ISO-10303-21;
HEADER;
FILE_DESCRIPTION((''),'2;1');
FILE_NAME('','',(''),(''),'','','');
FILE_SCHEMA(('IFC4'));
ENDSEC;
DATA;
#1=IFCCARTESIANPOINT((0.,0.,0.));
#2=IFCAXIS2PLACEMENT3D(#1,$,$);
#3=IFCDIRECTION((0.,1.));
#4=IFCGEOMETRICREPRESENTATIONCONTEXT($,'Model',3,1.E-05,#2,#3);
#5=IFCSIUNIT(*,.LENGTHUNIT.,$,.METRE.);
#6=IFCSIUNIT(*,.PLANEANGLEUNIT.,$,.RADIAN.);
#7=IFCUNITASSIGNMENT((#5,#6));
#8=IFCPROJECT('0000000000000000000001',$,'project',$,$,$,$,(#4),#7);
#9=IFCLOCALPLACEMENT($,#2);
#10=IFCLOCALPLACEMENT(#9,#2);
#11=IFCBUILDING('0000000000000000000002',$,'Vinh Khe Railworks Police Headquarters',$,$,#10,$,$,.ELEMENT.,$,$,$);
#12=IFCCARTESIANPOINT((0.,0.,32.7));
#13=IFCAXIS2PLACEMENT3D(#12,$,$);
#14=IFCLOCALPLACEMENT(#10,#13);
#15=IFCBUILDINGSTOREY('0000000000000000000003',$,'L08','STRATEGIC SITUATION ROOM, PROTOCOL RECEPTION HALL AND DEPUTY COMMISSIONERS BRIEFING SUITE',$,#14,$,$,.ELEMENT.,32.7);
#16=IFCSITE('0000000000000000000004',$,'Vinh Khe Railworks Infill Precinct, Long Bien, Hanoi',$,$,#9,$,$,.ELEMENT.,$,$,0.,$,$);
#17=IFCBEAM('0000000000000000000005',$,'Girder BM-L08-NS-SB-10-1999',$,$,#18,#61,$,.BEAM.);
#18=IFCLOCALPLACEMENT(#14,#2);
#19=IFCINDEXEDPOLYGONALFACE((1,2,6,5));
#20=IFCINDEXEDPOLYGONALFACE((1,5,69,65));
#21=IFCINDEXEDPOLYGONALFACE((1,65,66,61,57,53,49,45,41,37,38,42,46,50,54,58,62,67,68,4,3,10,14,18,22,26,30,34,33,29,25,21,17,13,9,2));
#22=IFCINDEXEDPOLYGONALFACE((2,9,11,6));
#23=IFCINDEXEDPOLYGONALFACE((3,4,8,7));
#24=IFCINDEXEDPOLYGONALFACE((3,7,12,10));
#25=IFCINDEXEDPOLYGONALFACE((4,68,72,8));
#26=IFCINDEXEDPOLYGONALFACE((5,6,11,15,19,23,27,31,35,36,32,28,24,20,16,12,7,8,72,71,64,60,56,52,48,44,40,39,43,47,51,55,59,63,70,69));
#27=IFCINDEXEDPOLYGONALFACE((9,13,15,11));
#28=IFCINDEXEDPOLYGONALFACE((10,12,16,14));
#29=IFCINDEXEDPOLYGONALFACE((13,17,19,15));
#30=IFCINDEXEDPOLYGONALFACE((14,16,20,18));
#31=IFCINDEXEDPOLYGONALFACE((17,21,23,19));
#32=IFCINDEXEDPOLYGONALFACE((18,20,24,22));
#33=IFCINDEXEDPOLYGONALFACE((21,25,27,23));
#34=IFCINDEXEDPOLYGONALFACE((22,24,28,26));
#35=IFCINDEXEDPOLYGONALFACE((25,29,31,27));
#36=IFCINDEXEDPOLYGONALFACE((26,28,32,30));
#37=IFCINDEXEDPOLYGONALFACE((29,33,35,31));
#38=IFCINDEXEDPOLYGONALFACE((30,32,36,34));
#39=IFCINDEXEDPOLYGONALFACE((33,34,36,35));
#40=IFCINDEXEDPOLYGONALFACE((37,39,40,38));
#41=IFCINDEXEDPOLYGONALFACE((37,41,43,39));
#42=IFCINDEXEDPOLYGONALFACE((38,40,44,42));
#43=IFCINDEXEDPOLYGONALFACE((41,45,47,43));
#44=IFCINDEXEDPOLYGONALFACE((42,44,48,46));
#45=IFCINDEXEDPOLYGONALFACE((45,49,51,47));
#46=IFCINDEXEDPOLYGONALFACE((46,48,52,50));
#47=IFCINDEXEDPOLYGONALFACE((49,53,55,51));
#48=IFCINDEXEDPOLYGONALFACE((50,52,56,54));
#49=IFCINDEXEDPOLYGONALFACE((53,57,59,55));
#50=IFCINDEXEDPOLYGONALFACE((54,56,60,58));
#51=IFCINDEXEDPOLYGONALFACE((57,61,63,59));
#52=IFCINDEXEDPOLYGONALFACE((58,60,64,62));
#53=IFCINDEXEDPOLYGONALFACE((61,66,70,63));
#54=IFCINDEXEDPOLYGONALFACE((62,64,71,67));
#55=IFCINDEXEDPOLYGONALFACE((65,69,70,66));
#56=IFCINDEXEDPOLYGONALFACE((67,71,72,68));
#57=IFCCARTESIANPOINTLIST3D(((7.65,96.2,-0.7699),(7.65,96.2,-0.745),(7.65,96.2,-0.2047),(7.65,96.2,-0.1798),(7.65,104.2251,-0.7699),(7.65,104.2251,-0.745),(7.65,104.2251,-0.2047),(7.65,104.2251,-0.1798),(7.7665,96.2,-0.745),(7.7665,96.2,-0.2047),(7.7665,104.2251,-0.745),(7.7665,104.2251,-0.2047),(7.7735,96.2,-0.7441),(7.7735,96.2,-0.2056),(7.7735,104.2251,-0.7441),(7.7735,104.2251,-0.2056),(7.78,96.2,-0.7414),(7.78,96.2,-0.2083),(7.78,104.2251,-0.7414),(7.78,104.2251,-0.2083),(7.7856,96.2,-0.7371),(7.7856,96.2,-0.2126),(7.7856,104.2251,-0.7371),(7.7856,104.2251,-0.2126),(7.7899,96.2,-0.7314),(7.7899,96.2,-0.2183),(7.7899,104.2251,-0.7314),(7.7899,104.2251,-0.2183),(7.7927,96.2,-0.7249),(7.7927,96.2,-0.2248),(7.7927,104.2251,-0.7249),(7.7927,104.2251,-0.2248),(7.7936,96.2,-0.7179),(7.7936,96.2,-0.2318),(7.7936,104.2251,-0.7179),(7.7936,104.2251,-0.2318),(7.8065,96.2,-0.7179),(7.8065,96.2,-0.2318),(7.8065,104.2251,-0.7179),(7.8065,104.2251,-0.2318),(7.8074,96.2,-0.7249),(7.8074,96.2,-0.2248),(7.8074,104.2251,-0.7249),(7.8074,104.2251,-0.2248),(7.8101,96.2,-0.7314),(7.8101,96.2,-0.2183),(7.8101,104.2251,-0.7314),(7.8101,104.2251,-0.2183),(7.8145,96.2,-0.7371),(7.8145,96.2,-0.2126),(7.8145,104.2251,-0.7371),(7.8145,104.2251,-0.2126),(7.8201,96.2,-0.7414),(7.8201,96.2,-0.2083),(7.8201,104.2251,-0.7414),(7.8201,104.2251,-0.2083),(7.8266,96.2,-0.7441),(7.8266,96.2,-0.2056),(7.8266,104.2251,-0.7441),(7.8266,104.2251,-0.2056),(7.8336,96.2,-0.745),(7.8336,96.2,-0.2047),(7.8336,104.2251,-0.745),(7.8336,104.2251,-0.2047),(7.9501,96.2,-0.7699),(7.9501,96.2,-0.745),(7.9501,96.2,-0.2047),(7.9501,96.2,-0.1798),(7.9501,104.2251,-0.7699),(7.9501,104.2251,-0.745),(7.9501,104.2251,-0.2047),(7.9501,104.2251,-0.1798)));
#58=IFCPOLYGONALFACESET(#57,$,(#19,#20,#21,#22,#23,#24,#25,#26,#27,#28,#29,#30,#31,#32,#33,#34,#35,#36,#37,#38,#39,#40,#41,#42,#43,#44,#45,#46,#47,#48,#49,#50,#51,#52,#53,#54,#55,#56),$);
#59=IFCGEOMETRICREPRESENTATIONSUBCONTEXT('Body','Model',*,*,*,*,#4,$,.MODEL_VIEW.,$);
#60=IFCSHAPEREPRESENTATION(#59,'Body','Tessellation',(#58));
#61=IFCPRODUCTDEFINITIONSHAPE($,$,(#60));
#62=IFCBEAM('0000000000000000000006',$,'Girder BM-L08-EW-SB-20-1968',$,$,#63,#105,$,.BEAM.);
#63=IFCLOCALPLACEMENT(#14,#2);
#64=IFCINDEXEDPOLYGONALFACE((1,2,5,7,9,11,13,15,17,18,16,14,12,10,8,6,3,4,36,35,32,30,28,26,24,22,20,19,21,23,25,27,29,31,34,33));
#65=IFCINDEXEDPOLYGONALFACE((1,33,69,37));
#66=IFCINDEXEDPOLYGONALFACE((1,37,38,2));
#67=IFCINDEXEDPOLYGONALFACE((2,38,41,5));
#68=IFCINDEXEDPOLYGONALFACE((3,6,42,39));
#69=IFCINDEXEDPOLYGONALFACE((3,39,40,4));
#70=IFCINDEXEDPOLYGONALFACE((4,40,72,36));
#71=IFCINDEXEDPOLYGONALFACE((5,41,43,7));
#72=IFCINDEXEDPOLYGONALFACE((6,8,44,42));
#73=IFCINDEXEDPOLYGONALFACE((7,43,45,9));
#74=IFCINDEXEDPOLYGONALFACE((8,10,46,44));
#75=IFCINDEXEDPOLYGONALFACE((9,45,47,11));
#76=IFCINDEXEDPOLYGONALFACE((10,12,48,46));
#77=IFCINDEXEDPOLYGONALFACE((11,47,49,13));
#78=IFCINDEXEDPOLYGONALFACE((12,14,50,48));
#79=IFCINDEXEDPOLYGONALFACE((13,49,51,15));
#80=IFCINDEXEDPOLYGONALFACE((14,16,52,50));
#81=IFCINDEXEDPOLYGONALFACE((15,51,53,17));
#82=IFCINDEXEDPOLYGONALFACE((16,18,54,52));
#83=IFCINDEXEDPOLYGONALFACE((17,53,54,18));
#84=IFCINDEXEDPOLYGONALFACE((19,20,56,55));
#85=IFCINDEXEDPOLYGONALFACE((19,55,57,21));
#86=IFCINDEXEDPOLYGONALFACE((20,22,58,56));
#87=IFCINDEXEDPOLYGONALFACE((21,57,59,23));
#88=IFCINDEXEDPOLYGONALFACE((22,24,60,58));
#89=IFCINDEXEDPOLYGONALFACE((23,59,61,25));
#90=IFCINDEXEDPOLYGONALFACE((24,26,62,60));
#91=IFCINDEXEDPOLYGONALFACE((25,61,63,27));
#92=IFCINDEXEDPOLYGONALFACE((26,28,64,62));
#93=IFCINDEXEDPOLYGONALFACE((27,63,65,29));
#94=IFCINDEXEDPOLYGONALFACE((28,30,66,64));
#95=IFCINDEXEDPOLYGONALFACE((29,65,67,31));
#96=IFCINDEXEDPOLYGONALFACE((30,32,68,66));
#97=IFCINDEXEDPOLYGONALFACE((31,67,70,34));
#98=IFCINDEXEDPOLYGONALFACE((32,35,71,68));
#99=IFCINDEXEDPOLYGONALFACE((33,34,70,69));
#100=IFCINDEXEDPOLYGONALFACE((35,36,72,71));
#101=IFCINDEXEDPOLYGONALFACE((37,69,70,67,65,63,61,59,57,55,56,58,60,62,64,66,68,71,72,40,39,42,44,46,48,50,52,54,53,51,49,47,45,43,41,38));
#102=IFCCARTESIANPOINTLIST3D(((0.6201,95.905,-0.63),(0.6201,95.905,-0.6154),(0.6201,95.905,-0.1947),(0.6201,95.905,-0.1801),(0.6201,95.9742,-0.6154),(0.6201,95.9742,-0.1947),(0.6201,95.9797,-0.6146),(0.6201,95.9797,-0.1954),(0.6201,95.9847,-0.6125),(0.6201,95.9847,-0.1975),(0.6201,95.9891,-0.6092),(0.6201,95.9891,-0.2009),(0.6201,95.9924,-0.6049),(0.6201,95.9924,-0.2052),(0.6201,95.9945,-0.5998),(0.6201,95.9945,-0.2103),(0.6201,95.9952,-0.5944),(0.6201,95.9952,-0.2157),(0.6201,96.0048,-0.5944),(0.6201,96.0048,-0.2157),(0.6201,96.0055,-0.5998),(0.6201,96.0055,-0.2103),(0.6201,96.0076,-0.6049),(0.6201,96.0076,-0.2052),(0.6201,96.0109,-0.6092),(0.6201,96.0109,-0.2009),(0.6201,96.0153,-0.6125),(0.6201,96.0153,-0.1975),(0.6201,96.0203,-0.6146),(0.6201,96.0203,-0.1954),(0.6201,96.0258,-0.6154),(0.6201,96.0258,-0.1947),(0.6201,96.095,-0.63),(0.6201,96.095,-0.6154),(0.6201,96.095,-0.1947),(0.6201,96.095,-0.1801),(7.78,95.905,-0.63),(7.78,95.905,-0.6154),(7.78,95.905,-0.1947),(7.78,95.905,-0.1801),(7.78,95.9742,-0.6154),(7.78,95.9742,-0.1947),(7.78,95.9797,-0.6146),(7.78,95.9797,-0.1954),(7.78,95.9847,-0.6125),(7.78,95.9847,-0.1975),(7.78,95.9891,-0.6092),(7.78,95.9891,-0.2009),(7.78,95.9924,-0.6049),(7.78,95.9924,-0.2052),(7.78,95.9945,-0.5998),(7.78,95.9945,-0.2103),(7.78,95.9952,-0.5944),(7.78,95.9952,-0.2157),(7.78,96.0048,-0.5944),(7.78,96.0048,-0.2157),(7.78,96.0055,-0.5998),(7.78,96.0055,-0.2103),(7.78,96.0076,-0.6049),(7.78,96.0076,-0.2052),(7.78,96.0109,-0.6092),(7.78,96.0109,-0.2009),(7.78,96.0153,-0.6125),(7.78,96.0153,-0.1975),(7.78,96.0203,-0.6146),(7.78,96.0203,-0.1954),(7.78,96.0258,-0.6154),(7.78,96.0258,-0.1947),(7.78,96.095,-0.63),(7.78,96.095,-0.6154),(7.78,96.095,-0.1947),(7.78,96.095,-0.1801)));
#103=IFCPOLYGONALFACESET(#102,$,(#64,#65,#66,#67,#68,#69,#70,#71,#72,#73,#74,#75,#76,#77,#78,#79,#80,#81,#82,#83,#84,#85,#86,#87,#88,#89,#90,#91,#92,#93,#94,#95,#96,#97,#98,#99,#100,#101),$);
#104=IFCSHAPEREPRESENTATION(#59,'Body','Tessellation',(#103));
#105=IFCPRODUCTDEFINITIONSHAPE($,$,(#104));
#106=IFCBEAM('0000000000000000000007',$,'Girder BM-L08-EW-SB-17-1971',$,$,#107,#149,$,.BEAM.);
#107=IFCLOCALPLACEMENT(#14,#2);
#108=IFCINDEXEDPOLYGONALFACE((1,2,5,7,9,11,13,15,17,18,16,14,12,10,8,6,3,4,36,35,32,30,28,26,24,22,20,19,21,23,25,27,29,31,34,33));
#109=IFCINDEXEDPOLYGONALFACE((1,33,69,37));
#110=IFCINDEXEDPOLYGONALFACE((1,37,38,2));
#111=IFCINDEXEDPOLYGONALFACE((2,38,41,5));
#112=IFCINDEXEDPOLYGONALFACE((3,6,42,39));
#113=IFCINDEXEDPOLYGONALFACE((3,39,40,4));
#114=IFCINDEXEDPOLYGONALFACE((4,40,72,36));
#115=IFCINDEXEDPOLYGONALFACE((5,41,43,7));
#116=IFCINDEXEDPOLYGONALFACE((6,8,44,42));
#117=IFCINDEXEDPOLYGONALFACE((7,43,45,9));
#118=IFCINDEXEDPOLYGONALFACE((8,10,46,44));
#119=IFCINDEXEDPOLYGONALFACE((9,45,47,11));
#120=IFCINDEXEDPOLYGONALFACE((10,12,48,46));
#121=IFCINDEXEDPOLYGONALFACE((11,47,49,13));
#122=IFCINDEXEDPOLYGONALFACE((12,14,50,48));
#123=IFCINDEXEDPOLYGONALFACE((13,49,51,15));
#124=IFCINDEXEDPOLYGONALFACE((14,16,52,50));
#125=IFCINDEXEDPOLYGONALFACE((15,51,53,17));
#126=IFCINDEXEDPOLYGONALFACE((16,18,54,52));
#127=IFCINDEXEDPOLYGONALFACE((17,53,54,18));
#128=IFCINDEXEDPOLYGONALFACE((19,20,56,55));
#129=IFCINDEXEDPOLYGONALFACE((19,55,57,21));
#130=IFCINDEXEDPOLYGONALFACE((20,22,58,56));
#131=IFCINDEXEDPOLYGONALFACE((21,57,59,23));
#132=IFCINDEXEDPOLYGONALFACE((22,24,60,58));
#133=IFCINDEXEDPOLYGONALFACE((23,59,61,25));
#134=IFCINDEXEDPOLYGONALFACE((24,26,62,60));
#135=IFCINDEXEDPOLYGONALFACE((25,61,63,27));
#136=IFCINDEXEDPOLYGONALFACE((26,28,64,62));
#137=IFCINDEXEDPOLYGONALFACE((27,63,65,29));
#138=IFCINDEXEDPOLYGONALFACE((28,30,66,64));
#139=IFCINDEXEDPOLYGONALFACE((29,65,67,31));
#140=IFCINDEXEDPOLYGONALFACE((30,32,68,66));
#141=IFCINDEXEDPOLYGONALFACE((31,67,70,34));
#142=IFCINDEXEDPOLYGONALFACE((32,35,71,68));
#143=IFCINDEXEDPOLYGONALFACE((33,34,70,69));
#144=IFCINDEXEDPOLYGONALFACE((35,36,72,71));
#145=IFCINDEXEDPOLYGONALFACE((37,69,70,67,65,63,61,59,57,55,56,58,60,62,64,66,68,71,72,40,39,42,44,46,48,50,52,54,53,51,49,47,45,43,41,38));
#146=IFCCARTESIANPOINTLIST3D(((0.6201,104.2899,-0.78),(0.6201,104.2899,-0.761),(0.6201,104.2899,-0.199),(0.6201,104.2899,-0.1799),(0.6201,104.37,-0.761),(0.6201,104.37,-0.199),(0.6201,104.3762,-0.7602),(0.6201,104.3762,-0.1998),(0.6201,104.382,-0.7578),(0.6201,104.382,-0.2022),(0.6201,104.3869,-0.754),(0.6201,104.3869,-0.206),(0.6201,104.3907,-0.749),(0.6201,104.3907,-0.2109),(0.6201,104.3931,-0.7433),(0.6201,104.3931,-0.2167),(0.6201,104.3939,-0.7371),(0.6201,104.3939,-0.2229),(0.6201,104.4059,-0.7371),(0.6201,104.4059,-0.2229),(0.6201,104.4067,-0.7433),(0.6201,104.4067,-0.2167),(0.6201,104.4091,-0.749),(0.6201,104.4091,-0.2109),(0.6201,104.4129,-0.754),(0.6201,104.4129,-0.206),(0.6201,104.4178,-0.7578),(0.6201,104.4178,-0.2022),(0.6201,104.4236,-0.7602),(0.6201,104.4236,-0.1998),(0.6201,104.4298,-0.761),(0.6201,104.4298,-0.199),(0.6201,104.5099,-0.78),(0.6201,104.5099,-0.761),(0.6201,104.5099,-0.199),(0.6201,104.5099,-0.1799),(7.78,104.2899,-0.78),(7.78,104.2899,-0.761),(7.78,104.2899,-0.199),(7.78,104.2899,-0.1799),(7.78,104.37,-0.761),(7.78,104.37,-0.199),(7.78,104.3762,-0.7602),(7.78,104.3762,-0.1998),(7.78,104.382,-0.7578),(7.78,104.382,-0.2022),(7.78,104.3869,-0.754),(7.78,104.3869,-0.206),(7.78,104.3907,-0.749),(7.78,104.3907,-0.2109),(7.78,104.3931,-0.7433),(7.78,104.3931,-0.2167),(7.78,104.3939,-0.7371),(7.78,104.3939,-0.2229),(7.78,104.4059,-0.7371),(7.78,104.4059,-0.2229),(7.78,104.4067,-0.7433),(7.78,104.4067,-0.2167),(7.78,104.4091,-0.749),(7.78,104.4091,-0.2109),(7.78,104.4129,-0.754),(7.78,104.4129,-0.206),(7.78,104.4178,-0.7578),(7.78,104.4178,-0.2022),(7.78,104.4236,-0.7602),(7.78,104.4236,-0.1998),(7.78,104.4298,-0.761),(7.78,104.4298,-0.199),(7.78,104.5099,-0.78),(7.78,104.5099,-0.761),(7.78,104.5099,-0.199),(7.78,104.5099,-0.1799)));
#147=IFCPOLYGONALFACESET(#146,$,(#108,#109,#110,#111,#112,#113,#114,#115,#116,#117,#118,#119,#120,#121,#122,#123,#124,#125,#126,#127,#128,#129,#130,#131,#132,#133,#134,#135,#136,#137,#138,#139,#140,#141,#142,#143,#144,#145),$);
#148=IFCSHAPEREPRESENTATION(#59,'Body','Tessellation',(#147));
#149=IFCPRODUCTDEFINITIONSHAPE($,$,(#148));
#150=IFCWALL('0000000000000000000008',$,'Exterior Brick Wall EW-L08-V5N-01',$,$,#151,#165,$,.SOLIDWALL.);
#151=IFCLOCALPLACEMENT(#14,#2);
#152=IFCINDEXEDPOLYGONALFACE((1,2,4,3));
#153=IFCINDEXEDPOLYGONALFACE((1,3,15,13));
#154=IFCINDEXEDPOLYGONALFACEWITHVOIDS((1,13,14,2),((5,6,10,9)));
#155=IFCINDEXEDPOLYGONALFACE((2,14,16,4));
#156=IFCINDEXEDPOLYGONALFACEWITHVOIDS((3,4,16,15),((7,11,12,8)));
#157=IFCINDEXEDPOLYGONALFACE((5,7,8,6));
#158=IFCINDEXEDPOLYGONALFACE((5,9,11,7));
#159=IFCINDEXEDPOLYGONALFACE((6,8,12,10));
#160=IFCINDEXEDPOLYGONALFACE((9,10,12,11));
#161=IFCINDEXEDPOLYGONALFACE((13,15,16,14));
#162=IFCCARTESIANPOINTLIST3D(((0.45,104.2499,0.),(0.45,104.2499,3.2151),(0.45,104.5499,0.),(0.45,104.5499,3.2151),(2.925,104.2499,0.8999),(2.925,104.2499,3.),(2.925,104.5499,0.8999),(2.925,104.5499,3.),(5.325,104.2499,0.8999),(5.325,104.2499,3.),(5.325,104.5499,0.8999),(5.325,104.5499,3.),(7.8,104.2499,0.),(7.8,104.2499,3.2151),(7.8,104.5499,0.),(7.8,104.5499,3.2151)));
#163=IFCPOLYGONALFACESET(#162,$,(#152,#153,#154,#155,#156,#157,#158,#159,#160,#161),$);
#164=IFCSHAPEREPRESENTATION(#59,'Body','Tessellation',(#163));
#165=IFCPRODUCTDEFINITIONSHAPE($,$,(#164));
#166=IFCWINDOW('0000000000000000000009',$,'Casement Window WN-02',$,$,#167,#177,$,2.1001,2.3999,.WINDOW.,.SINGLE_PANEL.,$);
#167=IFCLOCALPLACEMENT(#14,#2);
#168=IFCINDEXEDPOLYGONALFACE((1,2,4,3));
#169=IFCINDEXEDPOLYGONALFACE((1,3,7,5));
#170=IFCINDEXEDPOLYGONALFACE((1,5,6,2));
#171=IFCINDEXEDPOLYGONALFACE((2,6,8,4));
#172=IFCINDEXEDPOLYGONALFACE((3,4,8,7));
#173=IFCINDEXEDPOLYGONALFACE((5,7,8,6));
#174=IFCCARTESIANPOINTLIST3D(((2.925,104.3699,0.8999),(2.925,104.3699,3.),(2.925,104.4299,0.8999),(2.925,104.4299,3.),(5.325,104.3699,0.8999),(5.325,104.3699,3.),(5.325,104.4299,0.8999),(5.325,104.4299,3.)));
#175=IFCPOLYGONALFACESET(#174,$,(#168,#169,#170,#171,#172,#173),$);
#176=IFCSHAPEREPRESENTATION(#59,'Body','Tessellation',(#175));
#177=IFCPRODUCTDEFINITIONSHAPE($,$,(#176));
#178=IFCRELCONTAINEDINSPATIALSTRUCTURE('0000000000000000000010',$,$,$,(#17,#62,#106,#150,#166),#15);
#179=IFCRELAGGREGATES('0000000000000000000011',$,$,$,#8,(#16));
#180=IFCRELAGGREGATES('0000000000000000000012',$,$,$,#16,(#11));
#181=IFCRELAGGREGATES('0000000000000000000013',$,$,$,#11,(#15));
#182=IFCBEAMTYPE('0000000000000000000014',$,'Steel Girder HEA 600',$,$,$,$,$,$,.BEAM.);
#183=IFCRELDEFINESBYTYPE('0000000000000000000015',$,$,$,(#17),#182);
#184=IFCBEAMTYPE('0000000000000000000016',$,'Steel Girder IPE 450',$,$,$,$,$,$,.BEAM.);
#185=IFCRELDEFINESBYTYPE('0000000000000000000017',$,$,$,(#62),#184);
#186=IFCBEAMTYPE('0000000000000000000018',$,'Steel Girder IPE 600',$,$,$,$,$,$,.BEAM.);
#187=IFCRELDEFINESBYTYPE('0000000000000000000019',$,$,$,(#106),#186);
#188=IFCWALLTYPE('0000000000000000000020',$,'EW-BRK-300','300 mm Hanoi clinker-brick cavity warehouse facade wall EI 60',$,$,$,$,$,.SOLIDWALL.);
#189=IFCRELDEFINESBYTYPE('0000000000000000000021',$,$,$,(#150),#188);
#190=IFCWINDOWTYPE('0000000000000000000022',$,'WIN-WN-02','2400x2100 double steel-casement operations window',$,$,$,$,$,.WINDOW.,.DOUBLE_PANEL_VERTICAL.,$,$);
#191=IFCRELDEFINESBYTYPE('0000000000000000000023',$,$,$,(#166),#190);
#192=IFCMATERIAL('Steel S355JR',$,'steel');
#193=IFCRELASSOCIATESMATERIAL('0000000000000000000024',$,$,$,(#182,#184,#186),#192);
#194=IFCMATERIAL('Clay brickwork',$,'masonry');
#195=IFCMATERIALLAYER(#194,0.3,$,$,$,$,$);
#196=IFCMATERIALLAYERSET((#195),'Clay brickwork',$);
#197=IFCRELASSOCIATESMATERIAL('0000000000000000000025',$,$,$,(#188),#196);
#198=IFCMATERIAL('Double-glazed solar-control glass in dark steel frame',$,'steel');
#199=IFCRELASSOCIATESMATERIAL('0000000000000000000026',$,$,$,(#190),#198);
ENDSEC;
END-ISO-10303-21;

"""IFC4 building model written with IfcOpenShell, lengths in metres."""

from ifc_helpers import new_model, si_unit, direction, frame, frame_2d, origin, origin_2d, place, context, subcontext, project, spatial, rectangle, i_section, extrude, material, layer, layer_set, material_profile, profile_set, type_object, element, fill, save


model = new_model("IFC4")

# Units and contexts
model_context = context("Model", 3, precision=1e-05, world=origin(), true_north=direction((0.0, 1.0)))
body_context = subcontext(model_context, "Body", "Model", "MODEL_VIEW")
ifc_project = project(units=[si_unit("LENGTHUNIT", "METRE"), si_unit("PLANEANGLEUNIT", "RADIAN")], contexts=[model_context])

# Site, building, storey
site_placement = place(None, origin())
site = spatial("IfcSite", under=ifc_project, at=site_placement, Name="Vinh Khe Railworks Infill Precinct, Long Bien, Hanoi", CompositionType="ELEMENT", RefElevation=0.0)
building_placement = place(site_placement, origin())
building = spatial("IfcBuilding", under=site, at=building_placement, Name="Vinh Khe Railworks Police Headquarters", CompositionType="ELEMENT")
storey_placement = place(building_placement, frame((0.0, 0.0, 32.7)))
storey = spatial("IfcBuildingStorey", under=building, at=storey_placement, Name="L08", Description="STRATEGIC SITUATION ROOM, PROTOCOL RECEPTION HALL AND DEPUTY COMMISSIONERS BRIEFING SUITE", CompositionType="ELEMENT", Elevation=32.7)

# Shared definitions
ifc_material_1 = material(Name="Steel S355JR", Category="steel")

# Beams
ifc_material_profile_1 = material_profile(ifc_material_1, i_section(OverallWidth=0.3, OverallDepth=0.5901, WebThickness=0.0129, FlangeThickness=0.0249, FilletRadius=0.0271, at=origin_2d()), Name="HEA 600")
ifc_profile_set_1 = profile_set([ifc_material_profile_1], Name="Steel S355JR")
beam_type_1 = type_object("IfcBeamType", Name="Steel Girder HEA 600", PredefinedType="BEAM", material=ifc_profile_set_1)
beam_1_placement = place(storey_placement, frame((7.8, 96.2, -0.4749), z_axis=(0.0, 1.0, 0.0), x_axis=(-1.0, 0.0, 0.0)))
element("IfcBeam", 1, at=beam_1_placement, inside=storey, type_object=beam_type_1, Name="Girder BM-L08-NS-SB-10-1999", PredefinedType="BEAM", context=body_context, shape_type="SweptSolid", body=[
    extrude(i_section(OverallWidth=0.3, OverallDepth=0.5901, WebThickness=0.0129, FlangeThickness=0.0249, FilletRadius=0.0271, at=origin_2d()), origin(), (0.0, 0.0, 1.0), 8.0251),
])
ifc_material_profile_2 = material_profile(ifc_material_1, i_section(OverallWidth=0.1899, OverallDepth=0.45, WebThickness=0.0095, FlangeThickness=0.0146, FilletRadius=0.021, at=origin_2d()), Name="IPE 450")
ifc_profile_set_2 = profile_set([ifc_material_profile_2], Name="Steel S355JR")
beam_type_2 = type_object("IfcBeamType", Name="Steel Girder IPE 450", PredefinedType="BEAM", material=ifc_profile_set_2)
beam_2_placement = place(storey_placement, frame((0.6201, 96.0, -0.405), z_axis=(1.0, 0.0, 0.0), x_axis=(0.0, 1.0, 0.0)))
element("IfcBeam", 2, at=beam_2_placement, inside=storey, type_object=beam_type_2, Name="Girder BM-L08-EW-SB-20-1968", PredefinedType="BEAM", context=body_context, shape_type="SweptSolid", body=[
    extrude(i_section(OverallWidth=0.1899, OverallDepth=0.45, WebThickness=0.0095, FlangeThickness=0.0146, FilletRadius=0.021, at=origin_2d()), origin(), (0.0, 0.0, 1.0), 7.1599),
])
ifc_material_profile_3 = material_profile(ifc_material_1, i_section(OverallWidth=0.22, OverallDepth=0.6001, WebThickness=0.012, FlangeThickness=0.019, FilletRadius=0.0239, at=origin_2d()), Name="IPE 600")
ifc_profile_set_3 = profile_set([ifc_material_profile_3], Name="Steel S355JR")
beam_type_3 = type_object("IfcBeamType", Name="Steel Girder IPE 600", PredefinedType="BEAM", material=ifc_profile_set_3)
beam_3_placement = place(storey_placement, frame((0.6201, 104.3999, -0.48), z_axis=(1.0, 0.0, 0.0), x_axis=(0.0, 1.0, 0.0)))
element("IfcBeam", 3, at=beam_3_placement, inside=storey, type_object=beam_type_3, Name="Girder BM-L08-EW-SB-17-1971", PredefinedType="BEAM", context=body_context, shape_type="SweptSolid", body=[
    extrude(i_section(OverallWidth=0.22, OverallDepth=0.6001, WebThickness=0.012, FlangeThickness=0.019, FilletRadius=0.0239, at=origin_2d()), origin(), (0.0, 0.0, 1.0), 7.1599),
])

# Wall, opening, window
ifc_material_2 = material(Name="Clay brickwork", Category="masonry")
ifc_layer_1 = layer(ifc_material_2, 0.3)
ifc_layer_set_1 = layer_set([ifc_layer_1], Name="Clay brickwork")
wall_type_1 = type_object("IfcWallType", Name="EW-BRK-300", Description="300 mm Hanoi clinker-brick cavity warehouse facade wall EI 60", PredefinedType="SOLIDWALL", material=ifc_layer_set_1)
wall_1_placement = place(storey_placement, frame((0.45, 104.3999, 0.0), z_axis=(0.0, 0.0, 1.0), x_axis=(1.0, 0.0, 0.0)))
wall_1 = element("IfcWall", 4, at=wall_1_placement, inside=storey, type_object=wall_type_1, Name="Exterior Brick Wall EW-L08-V5N-01", PredefinedType="SOLIDWALL", context=body_context, shape_type="SweptSolid", body=[
    extrude(rectangle(XDim=7.3501, YDim=0.3, at=frame_2d((3.675, 0.0))), origin(), (0.0, 0.0, 1.0), 3.2151),
])
opening_1_placement = place(wall_1_placement, frame((2.4751, 0.0, 0.8999)))
opening_1 = element("IfcOpeningElement", 5, at=opening_1_placement, cuts=wall_1, PredefinedType="OPENING", context=body_context, shape_type="SweptSolid", body=[
    extrude(rectangle(XDim=2.3999, YDim=2.1001, at=frame_2d((1.2, 1.05))), frame((0.0, 0.165, 0.0), z_axis=(0.0, -1.0, 0.0), x_axis=(1.0, 0.0, 0.0)), (0.0, 0.0, 1.0), 0.3298),
])
ifc_material_3 = material(Name="Double-glazed solar-control glass in dark steel frame", Category="steel")
window_type_1 = type_object("IfcWindowType", Name="WIN-WN-02", Description="2400x2100 double steel-casement operations window", PartitioningType="DOUBLE_PANEL_VERTICAL", PredefinedType="WINDOW", material=ifc_material_3)
window_1_placement = place(opening_1_placement, origin())
window_1 = element("IfcWindow", 6, at=window_1_placement, inside=storey, type_object=window_type_1, Name="Casement Window WN-02", OverallHeight=2.1001, OverallWidth=2.3999, PartitioningType="SINGLE_PANEL", PredefinedType="WINDOW", context=body_context, shape_type="SweptSolid", body=[
    extrude(rectangle(XDim=2.3999, YDim=2.1001, at=frame_2d((1.2, 1.05))), frame((0.0, 0.03, 0.0), z_axis=(0.0, -1.0, 0.0), x_axis=(1.0, 0.0, 0.0)), (0.0, 0.0, 1.0), 0.0601),
])
fill(opening_1, window_1)

save(model, "model.ifc")
